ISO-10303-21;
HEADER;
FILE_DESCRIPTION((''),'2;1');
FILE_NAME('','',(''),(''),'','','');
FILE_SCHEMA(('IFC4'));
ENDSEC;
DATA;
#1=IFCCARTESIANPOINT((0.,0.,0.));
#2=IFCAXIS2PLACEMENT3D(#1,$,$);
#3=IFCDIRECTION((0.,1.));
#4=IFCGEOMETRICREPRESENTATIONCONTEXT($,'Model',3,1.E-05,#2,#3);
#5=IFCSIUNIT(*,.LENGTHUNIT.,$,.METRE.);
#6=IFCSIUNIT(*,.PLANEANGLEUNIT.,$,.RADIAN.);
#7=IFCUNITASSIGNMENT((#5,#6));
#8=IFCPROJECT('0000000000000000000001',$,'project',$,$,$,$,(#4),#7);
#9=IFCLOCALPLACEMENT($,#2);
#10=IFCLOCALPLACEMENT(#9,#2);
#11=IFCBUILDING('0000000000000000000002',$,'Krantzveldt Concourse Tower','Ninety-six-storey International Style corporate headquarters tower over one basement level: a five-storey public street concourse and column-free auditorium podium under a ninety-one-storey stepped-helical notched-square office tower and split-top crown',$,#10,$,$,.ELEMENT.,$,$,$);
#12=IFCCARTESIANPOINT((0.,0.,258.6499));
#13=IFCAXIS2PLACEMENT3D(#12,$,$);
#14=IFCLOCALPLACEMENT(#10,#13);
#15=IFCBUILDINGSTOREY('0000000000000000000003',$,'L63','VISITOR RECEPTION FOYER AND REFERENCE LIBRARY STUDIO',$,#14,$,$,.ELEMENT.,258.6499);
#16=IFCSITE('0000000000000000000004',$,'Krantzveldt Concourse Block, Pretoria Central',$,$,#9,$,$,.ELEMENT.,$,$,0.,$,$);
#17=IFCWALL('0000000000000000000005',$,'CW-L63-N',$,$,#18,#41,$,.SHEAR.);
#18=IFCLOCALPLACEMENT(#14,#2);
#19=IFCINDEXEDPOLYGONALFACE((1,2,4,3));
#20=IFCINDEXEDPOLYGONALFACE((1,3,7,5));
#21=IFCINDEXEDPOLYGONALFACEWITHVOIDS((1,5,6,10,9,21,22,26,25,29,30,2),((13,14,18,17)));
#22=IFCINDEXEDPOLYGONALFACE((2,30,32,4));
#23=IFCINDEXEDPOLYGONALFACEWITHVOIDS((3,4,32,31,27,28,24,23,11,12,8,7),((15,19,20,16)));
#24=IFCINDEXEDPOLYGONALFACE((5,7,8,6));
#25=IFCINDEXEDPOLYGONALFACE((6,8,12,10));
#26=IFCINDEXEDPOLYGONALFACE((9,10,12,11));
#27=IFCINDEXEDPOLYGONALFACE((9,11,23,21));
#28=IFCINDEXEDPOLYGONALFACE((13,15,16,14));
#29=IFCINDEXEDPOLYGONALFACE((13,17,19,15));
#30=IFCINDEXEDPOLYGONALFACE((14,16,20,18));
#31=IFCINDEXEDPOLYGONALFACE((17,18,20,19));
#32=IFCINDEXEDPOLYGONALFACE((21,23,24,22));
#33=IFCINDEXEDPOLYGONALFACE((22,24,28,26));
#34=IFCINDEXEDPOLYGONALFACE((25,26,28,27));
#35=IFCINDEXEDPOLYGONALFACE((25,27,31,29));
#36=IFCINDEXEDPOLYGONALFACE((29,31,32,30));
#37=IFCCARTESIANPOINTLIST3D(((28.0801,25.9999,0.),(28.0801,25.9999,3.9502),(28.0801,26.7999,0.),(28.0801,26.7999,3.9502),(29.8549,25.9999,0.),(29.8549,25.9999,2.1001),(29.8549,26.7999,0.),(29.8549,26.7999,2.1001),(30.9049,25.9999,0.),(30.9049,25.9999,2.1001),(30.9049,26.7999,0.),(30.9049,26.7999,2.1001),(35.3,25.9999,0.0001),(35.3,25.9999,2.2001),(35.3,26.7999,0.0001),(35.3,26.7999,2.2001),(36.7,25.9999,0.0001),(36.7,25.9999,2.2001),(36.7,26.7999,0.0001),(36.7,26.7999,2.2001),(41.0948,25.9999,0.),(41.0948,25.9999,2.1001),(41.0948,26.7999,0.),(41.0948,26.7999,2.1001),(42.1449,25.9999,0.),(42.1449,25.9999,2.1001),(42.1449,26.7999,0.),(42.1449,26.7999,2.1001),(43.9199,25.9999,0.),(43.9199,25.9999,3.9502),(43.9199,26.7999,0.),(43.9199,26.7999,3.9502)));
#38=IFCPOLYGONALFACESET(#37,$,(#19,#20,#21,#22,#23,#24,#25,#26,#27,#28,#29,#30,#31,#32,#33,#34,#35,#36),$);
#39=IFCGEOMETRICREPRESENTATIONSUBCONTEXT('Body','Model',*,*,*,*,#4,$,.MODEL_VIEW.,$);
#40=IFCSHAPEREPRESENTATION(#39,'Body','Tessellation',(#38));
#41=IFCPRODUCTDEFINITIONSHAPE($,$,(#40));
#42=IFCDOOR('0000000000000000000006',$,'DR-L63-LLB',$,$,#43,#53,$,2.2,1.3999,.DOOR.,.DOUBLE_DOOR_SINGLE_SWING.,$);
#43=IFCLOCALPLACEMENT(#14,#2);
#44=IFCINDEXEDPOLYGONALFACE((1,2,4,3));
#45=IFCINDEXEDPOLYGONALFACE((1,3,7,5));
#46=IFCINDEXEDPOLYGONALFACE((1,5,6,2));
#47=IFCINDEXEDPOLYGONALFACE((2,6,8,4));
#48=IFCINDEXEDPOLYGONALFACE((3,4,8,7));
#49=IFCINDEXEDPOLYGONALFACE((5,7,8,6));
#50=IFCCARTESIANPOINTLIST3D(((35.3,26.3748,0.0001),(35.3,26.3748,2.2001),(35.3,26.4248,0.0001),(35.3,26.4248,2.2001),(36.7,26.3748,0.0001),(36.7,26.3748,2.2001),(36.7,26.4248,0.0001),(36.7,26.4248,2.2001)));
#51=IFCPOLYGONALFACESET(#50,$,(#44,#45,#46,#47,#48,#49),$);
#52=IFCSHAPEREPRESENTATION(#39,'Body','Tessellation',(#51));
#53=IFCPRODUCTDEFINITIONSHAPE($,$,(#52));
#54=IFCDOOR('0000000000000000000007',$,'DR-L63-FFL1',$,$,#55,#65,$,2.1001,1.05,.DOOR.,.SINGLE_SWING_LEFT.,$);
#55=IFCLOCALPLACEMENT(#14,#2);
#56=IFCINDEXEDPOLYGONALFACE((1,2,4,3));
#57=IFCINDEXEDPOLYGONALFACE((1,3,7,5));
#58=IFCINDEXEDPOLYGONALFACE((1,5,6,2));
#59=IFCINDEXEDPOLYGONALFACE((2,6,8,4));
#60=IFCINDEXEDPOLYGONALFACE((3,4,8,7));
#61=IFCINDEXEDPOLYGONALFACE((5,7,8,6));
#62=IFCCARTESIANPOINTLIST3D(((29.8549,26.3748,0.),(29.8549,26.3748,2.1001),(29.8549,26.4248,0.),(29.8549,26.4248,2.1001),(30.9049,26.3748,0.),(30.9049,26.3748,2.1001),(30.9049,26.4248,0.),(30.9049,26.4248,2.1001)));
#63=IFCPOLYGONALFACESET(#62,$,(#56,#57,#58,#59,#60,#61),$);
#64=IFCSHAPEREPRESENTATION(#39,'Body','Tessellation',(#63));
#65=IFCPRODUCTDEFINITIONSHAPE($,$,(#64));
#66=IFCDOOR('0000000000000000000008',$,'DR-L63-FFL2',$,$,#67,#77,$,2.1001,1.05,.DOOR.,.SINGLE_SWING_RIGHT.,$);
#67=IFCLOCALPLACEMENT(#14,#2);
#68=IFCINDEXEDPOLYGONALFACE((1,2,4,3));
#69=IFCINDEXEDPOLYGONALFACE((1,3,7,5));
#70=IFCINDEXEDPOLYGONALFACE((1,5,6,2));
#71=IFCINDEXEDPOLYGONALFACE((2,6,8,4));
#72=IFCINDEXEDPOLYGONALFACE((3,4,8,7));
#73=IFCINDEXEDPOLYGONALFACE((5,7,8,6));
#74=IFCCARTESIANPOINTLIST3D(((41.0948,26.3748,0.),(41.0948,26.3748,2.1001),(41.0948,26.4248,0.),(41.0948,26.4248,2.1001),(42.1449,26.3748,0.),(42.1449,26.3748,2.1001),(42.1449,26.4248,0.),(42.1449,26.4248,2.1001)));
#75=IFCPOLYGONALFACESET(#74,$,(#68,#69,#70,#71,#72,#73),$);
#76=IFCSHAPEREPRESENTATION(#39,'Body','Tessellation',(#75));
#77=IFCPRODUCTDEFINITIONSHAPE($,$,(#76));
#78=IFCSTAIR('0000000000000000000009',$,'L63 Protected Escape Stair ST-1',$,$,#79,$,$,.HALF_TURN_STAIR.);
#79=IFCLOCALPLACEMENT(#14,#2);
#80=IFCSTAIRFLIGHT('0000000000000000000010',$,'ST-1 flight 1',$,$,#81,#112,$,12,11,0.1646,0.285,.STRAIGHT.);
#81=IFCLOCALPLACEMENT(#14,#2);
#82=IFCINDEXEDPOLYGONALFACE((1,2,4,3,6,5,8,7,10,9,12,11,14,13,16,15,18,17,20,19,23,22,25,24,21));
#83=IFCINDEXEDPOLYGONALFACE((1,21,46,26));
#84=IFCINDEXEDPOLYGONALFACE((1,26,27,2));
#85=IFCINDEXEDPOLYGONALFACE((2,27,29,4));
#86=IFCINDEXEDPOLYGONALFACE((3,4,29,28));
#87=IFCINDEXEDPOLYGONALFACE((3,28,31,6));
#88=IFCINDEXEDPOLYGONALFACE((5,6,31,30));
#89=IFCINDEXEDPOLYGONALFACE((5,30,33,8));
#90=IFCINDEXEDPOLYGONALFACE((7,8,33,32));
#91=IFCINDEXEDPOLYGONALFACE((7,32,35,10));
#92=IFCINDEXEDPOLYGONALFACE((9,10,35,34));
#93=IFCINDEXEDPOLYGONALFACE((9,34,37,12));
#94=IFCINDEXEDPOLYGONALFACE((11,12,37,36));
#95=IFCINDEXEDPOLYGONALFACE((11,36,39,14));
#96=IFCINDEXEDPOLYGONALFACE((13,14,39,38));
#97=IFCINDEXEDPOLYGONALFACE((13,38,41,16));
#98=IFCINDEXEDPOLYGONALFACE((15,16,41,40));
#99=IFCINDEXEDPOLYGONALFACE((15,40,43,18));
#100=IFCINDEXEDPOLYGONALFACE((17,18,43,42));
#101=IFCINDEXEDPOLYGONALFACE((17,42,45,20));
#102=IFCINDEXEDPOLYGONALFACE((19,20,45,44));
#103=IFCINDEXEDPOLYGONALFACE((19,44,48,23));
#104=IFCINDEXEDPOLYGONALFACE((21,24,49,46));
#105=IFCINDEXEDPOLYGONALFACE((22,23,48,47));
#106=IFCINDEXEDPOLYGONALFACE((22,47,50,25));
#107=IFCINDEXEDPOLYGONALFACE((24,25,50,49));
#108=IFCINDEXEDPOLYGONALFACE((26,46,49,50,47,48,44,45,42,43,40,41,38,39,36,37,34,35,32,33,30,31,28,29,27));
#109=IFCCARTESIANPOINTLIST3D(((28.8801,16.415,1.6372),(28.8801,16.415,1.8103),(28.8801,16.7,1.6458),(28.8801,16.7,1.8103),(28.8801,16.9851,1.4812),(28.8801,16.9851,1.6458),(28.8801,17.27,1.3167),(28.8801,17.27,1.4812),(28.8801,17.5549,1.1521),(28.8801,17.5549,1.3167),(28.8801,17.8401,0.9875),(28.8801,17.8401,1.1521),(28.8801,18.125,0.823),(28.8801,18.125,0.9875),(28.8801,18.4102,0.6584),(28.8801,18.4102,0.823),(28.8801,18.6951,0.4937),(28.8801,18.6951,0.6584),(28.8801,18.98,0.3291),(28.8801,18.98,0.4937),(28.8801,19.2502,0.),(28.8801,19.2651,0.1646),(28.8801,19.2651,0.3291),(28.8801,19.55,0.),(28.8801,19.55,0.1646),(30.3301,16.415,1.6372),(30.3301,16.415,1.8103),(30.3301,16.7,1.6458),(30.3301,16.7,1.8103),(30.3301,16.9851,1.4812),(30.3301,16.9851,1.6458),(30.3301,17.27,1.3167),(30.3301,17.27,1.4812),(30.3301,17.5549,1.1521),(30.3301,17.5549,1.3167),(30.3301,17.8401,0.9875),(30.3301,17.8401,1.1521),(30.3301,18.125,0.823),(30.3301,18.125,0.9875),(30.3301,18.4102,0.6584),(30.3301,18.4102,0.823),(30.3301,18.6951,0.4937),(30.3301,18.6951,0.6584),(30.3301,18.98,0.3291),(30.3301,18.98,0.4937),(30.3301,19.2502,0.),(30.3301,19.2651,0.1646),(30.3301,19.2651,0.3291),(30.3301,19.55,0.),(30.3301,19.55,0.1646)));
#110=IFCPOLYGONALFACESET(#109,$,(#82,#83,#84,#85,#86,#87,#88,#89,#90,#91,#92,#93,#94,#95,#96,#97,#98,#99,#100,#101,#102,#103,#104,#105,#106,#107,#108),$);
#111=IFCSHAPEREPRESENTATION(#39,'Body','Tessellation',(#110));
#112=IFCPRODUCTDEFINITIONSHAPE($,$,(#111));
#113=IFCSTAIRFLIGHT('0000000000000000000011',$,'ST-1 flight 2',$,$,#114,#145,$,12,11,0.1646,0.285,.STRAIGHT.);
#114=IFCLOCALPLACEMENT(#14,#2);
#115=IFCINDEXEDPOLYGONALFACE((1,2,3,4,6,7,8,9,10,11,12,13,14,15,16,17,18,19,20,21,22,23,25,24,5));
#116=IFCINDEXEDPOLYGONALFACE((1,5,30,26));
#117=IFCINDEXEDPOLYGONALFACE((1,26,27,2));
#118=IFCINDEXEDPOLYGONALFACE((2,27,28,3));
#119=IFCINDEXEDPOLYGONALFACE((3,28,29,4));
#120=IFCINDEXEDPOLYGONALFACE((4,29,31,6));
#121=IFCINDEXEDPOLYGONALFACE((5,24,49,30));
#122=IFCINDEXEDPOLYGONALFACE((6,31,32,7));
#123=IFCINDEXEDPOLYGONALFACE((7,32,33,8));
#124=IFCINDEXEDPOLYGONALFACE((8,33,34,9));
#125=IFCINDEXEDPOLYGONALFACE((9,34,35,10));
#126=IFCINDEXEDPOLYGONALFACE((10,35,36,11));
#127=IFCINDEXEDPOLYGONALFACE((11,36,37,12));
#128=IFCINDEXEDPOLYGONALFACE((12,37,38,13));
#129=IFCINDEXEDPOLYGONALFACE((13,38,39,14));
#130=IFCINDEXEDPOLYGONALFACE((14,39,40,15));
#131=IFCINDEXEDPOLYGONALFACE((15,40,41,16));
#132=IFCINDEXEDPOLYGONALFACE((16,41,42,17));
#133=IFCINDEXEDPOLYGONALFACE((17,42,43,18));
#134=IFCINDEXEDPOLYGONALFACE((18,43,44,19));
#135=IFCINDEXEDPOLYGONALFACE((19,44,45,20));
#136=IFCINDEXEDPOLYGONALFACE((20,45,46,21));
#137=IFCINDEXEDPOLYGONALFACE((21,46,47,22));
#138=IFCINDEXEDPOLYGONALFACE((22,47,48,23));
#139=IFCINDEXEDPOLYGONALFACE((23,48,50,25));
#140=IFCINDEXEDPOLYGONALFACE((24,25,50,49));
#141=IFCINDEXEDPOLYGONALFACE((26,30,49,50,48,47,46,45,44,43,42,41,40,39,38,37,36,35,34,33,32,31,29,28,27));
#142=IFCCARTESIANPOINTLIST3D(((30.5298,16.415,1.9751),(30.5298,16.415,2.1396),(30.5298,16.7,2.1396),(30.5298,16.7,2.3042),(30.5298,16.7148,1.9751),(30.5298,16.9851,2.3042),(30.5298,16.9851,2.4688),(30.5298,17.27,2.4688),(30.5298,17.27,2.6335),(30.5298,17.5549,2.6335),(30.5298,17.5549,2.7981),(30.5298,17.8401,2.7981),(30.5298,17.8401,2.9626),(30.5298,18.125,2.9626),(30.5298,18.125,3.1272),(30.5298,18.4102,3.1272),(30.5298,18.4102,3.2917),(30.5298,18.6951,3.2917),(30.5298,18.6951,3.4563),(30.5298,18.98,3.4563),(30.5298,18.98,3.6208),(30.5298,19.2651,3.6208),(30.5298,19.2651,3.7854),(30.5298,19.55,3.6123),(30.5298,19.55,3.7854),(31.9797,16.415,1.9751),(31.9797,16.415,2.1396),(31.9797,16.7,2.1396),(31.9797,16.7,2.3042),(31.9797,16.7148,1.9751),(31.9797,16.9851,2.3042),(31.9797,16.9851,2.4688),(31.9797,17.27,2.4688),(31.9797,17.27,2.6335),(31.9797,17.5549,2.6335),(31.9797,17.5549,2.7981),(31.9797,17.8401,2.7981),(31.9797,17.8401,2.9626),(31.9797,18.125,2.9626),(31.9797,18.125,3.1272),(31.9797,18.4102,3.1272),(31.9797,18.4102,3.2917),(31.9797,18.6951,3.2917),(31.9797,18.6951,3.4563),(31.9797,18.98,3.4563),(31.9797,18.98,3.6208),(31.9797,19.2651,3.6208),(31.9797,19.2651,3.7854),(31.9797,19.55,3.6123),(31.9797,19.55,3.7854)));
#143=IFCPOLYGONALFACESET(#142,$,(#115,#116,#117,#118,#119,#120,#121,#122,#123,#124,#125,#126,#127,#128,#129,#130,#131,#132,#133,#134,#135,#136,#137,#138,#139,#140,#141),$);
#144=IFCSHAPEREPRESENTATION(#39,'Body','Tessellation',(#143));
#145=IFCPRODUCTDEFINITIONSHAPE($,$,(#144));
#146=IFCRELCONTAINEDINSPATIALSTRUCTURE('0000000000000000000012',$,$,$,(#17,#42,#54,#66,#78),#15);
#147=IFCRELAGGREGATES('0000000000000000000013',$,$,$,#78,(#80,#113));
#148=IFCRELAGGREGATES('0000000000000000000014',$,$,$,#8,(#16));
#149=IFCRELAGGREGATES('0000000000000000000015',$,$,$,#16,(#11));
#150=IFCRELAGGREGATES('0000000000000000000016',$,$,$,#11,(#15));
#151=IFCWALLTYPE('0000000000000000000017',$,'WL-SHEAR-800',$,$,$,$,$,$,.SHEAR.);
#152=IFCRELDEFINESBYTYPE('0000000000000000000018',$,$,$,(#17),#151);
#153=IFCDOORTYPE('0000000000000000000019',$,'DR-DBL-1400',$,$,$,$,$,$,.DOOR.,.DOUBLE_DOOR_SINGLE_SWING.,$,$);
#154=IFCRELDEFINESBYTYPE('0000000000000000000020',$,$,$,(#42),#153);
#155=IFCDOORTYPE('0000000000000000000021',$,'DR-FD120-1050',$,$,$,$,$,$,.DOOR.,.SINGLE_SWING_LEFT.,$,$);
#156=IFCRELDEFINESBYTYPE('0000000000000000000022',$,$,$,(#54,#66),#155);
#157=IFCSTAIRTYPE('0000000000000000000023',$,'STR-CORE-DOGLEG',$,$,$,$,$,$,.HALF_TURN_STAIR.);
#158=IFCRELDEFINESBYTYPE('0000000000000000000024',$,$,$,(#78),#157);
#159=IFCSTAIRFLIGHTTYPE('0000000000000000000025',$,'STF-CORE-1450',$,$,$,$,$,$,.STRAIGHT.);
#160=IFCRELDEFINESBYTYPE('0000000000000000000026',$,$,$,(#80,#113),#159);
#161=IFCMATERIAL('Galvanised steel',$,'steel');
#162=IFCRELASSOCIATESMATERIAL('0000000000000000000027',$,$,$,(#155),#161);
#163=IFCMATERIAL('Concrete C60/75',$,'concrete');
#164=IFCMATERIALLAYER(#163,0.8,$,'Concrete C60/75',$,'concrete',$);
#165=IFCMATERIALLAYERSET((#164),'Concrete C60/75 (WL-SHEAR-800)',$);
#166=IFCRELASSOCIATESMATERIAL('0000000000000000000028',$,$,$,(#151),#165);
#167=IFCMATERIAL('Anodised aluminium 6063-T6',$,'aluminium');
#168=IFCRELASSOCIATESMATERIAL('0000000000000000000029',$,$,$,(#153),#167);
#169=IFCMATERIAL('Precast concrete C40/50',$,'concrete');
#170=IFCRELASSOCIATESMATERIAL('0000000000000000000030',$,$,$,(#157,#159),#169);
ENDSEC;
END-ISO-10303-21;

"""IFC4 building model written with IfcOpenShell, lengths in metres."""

from ifc_helpers import new_model, si_unit, direction, frame, frame_2d, origin, place, context, subcontext, project, spatial, polyline, rectangle, outline, extrude, material, layer, layer_set, type_object, element, fill, aggregate, save


model = new_model("IFC4")

# Units and contexts
model_context = context("Model", 3, precision=1e-05, world=origin(), true_north=direction((0.0, 1.0)))
body_context = subcontext(model_context, "Body", "Model", "MODEL_VIEW")
ifc_project = project(units=[si_unit("LENGTHUNIT", "METRE"), si_unit("PLANEANGLEUNIT", "RADIAN")], contexts=[model_context])

# Site, building, storey
site_placement = place(None, origin())
site = spatial("IfcSite", under=ifc_project, at=site_placement, Name="Krantzveldt Concourse Block, Pretoria Central", CompositionType="ELEMENT", RefElevation=0.0)
building_placement = place(site_placement, origin())
building = spatial("IfcBuilding", under=site, at=building_placement, Name="Krantzveldt Concourse Tower", Description="Ninety-six-storey International Style corporate headquarters tower over one basement level: a five-storey public street concourse and column-free auditorium podium under a ninety-one-storey stepped-helical notched-square office tower and split-top crown", CompositionType="ELEMENT")
storey_placement = place(building_placement, frame((0.0, 0.0, 258.6499)))
storey = spatial("IfcBuildingStorey", under=building, at=storey_placement, Name="L63", Description="VISITOR RECEPTION FOYER AND REFERENCE LIBRARY STUDIO", CompositionType="ELEMENT", Elevation=258.6499)

# Shared definitions
ifc_material_1 = material(Name="Galvanised steel", Category="steel")
door_type_1 = type_object("IfcDoorType", Name="DR-FD120-1050", OperationType="SINGLE_SWING_LEFT", PredefinedType="DOOR", material=ifc_material_1)

# Wall, openings, doors
ifc_material_2 = material(Name="Concrete C60/75", Category="concrete")
ifc_layer_1 = layer(ifc_material_2, 0.8, Name="Concrete C60/75", Category="concrete")
ifc_layer_set_1 = layer_set([ifc_layer_1], Name="Concrete C60/75 (WL-SHEAR-800)")
wall_type_1 = type_object("IfcWallType", Name="WL-SHEAR-800", PredefinedType="SHEAR", material=ifc_layer_set_1)
wall_1_placement = place(storey_placement, frame((28.0801, 26.3999, 0.0), z_axis=(0.0, 0.0, 1.0), x_axis=(1.0, 0.0, 0.0)))
wall_1 = element("IfcWall", 1, at=wall_1_placement, inside=storey, type_object=wall_type_1, Name="CW-L63-N", PredefinedType="SHEAR", context=body_context, shape_type="SweptSolid", body=[
    extrude(rectangle(XDim=15.8398, YDim=0.8, at=frame_2d((7.9199, 0.0))), origin(), (0.0, 0.0, 1.0), 3.9502),
])
opening_1_placement = place(wall_1_placement, frame((7.22, 0.0, 0.0)))
opening_1 = element("IfcOpeningElement", 2, at=opening_1_placement, cuts=wall_1, PredefinedType="OPENING", context=body_context, shape_type="SweptSolid", body=[
    extrude(rectangle(XDim=1.3999, YDim=2.2, at=frame_2d((0.7, 1.1001))), frame((0.0, 0.4102, 0.0), z_axis=(0.0, -1.0, 0.0), x_axis=(1.0, 0.0, 0.0)), (0.0, 0.0, 1.0), 0.8201),
])
opening_2_placement = place(wall_1_placement, frame((1.7749, 0.0, 0.0)))
opening_2 = element("IfcOpeningElement", 3, at=opening_2_placement, cuts=wall_1, PredefinedType="OPENING", context=body_context, shape_type="SweptSolid", body=[
    extrude(rectangle(XDim=1.05, YDim=2.1001, at=frame_2d((0.5249, 1.05))), frame((0.0, 0.4102, 0.0), z_axis=(0.0, -1.0, 0.0), x_axis=(1.0, 0.0, 0.0)), (0.0, 0.0, 1.0), 0.8201),
])
opening_3_placement = place(wall_1_placement, frame((13.0149, 0.0, 0.0)))
opening_3 = element("IfcOpeningElement", 4, at=opening_3_placement, cuts=wall_1, PredefinedType="OPENING", context=body_context, shape_type="SweptSolid", body=[
    extrude(rectangle(XDim=1.05, YDim=2.1001, at=frame_2d((0.5249, 1.05))), frame((0.0, 0.4102, 0.0), z_axis=(0.0, -1.0, 0.0), x_axis=(1.0, 0.0, 0.0)), (0.0, 0.0, 1.0), 0.8201),
])
ifc_material_3 = material(Name="Anodised aluminium 6063-T6", Category="aluminium")
door_type_2 = type_object("IfcDoorType", Name="DR-DBL-1400", OperationType="DOUBLE_DOOR_SINGLE_SWING", PredefinedType="DOOR", material=ifc_material_3)
door_1_placement = place(opening_1_placement, origin())
door_1 = element("IfcDoor", 5, at=door_1_placement, inside=storey, type_object=door_type_2, Name="DR-L63-LLB", OperationType="DOUBLE_DOOR_SINGLE_SWING", OverallHeight=2.2, OverallWidth=1.3999, PredefinedType="DOOR", context=body_context, shape_type="SweptSolid", body=[
    extrude(rectangle(XDim=1.3999, YDim=2.2, at=frame_2d((0.7, 1.1001))), frame((0.0, 0.0249, 0.0), z_axis=(0.0, -1.0, 0.0), x_axis=(1.0, 0.0, 0.0)), (0.0, 0.0, 1.0), 0.05),
])
fill(opening_1, door_1)
door_2_placement = place(opening_2_placement, origin())
door_2 = element("IfcDoor", 6, at=door_2_placement, inside=storey, type_object=door_type_1, Name="DR-L63-FFL1", OperationType="SINGLE_SWING_LEFT", OverallHeight=2.1001, OverallWidth=1.05, PredefinedType="DOOR", context=body_context, shape_type="SweptSolid", body=[
    extrude(rectangle(XDim=1.05, YDim=2.1001, at=frame_2d((0.5249, 1.05))), frame((0.0, 0.0249, 0.0), z_axis=(0.0, -1.0, 0.0), x_axis=(1.0, 0.0, 0.0)), (0.0, 0.0, 1.0), 0.05),
])
fill(opening_2, door_2)
door_3_placement = place(opening_3_placement, origin())
door_3 = element("IfcDoor", 7, at=door_3_placement, inside=storey, type_object=door_type_1, Name="DR-L63-FFL2", OperationType="SINGLE_SWING_RIGHT", OverallHeight=2.1001, OverallWidth=1.05, PredefinedType="DOOR", context=body_context, shape_type="SweptSolid", body=[
    extrude(rectangle(XDim=1.05, YDim=2.1001, at=frame_2d((0.5249, 1.05))), frame((0.0, 0.0249, 0.0), z_axis=(0.0, -1.0, 0.0), x_axis=(1.0, 0.0, 0.0)), (0.0, 0.0, 1.0), 0.05),
])
fill(opening_3, door_3)

# Stair, stair flights
ifc_material_4 = material(Name="Precast concrete C40/50", Category="concrete")
stair_type = type_object("IfcStairType", Name="STR-CORE-DOGLEG", PredefinedType="HALF_TURN_STAIR", material=ifc_material_4)
stair_placement = place(storey_placement, origin())
stair = element("IfcStair", 8, at=stair_placement, inside=storey, type_object=stair_type, Name="L63 Protected Escape Stair ST-1", PredefinedType="HALF_TURN_STAIR")
stair_flight_type = type_object("IfcStairFlightType", Name="STF-CORE-1450", PredefinedType="STRAIGHT", material=ifc_material_4)
stair_flight_1_placement = place(storey_placement, frame((29.605, 19.55, 0.0), z_axis=(0.0, 0.0, 1.0), x_axis=(0.0, -1.0, 0.0)))
stair_flight_1 = element("IfcStairFlight", 9, at=stair_flight_1_placement, type_object=stair_flight_type, Name="ST-1 flight 1", NumberOfRisers=12, NumberOfTreads=11, PredefinedType="STRAIGHT", RiserHeight=0.1646, TreadLength=0.285, context=body_context, shape_type="SweptSolid", body=[
    extrude(outline(polyline([(0.0, 0.0), (0.0, 0.1646), (0.2849, 0.1646), (0.2849, 0.3291), (0.5701, 0.3291), (0.5701, 0.4937), (0.855, 0.4937), (0.855, 0.6584), (1.1399, 0.6584), (1.1399, 0.823), (1.425, 0.823), (1.425, 0.9875), (1.71, 0.9875), (1.71, 1.1521), (1.9951, 1.1521), (1.9951, 1.3167), (2.28, 1.3167), (2.28, 1.4812), (2.5649, 1.4812), (2.5649, 1.6458), (2.8501, 1.6458), (2.8501, 1.8103), (3.135, 1.8103), (3.135, 1.9751), (3.135, 1.6372), (0.2998, 0.0), (0.0, 0.0)])), frame((0.0, 0.7251, 0.0), z_axis=(0.0, -1.0, 0.0), x_axis=(1.0, 0.0, 0.0)), (0.0, 0.0, 1.0), 1.45),
])
stair_flight_2_placement = place(storey_placement, frame((31.2549, 16.415, 1.9751), z_axis=(0.0, 0.0, 1.0), x_axis=(0.0, 1.0, 0.0)))
stair_flight_2 = element("IfcStairFlight", 10, at=stair_flight_2_placement, type_object=stair_flight_type, Name="ST-1 flight 2", NumberOfRisers=12, NumberOfTreads=11, PredefinedType="STRAIGHT", RiserHeight=0.1646, TreadLength=0.285, context=body_context, shape_type="SweptSolid", body=[
    extrude(outline(polyline([(0.0, 0.0), (0.0, 0.1646), (0.2849, 0.1646), (0.2849, 0.3291), (0.5701, 0.3291), (0.5701, 0.4937), (0.855, 0.4937), (0.855, 0.6584), (1.1399, 0.6584), (1.1399, 0.823), (1.425, 0.823), (1.425, 0.9875), (1.71, 0.9875), (1.71, 1.1521), (1.9951, 1.1521), (1.9951, 1.3167), (2.28, 1.3167), (2.28, 1.4812), (2.5649, 1.4812), (2.5649, 1.6458), (2.8501, 1.6458), (2.8501, 1.8103), (3.135, 1.8103), (3.135, 1.9751), (3.135, 1.6372), (0.2998, 0.0), (0.0, 0.0)])), frame((0.0, 0.7251, 0.0), z_axis=(0.0, -1.0, 0.0), x_axis=(1.0, 0.0, 0.0)), (0.0, 0.0, 1.0), 1.45),
])
aggregate(stair, [stair_flight_1, stair_flight_2])

save(model, "model.ifc")
